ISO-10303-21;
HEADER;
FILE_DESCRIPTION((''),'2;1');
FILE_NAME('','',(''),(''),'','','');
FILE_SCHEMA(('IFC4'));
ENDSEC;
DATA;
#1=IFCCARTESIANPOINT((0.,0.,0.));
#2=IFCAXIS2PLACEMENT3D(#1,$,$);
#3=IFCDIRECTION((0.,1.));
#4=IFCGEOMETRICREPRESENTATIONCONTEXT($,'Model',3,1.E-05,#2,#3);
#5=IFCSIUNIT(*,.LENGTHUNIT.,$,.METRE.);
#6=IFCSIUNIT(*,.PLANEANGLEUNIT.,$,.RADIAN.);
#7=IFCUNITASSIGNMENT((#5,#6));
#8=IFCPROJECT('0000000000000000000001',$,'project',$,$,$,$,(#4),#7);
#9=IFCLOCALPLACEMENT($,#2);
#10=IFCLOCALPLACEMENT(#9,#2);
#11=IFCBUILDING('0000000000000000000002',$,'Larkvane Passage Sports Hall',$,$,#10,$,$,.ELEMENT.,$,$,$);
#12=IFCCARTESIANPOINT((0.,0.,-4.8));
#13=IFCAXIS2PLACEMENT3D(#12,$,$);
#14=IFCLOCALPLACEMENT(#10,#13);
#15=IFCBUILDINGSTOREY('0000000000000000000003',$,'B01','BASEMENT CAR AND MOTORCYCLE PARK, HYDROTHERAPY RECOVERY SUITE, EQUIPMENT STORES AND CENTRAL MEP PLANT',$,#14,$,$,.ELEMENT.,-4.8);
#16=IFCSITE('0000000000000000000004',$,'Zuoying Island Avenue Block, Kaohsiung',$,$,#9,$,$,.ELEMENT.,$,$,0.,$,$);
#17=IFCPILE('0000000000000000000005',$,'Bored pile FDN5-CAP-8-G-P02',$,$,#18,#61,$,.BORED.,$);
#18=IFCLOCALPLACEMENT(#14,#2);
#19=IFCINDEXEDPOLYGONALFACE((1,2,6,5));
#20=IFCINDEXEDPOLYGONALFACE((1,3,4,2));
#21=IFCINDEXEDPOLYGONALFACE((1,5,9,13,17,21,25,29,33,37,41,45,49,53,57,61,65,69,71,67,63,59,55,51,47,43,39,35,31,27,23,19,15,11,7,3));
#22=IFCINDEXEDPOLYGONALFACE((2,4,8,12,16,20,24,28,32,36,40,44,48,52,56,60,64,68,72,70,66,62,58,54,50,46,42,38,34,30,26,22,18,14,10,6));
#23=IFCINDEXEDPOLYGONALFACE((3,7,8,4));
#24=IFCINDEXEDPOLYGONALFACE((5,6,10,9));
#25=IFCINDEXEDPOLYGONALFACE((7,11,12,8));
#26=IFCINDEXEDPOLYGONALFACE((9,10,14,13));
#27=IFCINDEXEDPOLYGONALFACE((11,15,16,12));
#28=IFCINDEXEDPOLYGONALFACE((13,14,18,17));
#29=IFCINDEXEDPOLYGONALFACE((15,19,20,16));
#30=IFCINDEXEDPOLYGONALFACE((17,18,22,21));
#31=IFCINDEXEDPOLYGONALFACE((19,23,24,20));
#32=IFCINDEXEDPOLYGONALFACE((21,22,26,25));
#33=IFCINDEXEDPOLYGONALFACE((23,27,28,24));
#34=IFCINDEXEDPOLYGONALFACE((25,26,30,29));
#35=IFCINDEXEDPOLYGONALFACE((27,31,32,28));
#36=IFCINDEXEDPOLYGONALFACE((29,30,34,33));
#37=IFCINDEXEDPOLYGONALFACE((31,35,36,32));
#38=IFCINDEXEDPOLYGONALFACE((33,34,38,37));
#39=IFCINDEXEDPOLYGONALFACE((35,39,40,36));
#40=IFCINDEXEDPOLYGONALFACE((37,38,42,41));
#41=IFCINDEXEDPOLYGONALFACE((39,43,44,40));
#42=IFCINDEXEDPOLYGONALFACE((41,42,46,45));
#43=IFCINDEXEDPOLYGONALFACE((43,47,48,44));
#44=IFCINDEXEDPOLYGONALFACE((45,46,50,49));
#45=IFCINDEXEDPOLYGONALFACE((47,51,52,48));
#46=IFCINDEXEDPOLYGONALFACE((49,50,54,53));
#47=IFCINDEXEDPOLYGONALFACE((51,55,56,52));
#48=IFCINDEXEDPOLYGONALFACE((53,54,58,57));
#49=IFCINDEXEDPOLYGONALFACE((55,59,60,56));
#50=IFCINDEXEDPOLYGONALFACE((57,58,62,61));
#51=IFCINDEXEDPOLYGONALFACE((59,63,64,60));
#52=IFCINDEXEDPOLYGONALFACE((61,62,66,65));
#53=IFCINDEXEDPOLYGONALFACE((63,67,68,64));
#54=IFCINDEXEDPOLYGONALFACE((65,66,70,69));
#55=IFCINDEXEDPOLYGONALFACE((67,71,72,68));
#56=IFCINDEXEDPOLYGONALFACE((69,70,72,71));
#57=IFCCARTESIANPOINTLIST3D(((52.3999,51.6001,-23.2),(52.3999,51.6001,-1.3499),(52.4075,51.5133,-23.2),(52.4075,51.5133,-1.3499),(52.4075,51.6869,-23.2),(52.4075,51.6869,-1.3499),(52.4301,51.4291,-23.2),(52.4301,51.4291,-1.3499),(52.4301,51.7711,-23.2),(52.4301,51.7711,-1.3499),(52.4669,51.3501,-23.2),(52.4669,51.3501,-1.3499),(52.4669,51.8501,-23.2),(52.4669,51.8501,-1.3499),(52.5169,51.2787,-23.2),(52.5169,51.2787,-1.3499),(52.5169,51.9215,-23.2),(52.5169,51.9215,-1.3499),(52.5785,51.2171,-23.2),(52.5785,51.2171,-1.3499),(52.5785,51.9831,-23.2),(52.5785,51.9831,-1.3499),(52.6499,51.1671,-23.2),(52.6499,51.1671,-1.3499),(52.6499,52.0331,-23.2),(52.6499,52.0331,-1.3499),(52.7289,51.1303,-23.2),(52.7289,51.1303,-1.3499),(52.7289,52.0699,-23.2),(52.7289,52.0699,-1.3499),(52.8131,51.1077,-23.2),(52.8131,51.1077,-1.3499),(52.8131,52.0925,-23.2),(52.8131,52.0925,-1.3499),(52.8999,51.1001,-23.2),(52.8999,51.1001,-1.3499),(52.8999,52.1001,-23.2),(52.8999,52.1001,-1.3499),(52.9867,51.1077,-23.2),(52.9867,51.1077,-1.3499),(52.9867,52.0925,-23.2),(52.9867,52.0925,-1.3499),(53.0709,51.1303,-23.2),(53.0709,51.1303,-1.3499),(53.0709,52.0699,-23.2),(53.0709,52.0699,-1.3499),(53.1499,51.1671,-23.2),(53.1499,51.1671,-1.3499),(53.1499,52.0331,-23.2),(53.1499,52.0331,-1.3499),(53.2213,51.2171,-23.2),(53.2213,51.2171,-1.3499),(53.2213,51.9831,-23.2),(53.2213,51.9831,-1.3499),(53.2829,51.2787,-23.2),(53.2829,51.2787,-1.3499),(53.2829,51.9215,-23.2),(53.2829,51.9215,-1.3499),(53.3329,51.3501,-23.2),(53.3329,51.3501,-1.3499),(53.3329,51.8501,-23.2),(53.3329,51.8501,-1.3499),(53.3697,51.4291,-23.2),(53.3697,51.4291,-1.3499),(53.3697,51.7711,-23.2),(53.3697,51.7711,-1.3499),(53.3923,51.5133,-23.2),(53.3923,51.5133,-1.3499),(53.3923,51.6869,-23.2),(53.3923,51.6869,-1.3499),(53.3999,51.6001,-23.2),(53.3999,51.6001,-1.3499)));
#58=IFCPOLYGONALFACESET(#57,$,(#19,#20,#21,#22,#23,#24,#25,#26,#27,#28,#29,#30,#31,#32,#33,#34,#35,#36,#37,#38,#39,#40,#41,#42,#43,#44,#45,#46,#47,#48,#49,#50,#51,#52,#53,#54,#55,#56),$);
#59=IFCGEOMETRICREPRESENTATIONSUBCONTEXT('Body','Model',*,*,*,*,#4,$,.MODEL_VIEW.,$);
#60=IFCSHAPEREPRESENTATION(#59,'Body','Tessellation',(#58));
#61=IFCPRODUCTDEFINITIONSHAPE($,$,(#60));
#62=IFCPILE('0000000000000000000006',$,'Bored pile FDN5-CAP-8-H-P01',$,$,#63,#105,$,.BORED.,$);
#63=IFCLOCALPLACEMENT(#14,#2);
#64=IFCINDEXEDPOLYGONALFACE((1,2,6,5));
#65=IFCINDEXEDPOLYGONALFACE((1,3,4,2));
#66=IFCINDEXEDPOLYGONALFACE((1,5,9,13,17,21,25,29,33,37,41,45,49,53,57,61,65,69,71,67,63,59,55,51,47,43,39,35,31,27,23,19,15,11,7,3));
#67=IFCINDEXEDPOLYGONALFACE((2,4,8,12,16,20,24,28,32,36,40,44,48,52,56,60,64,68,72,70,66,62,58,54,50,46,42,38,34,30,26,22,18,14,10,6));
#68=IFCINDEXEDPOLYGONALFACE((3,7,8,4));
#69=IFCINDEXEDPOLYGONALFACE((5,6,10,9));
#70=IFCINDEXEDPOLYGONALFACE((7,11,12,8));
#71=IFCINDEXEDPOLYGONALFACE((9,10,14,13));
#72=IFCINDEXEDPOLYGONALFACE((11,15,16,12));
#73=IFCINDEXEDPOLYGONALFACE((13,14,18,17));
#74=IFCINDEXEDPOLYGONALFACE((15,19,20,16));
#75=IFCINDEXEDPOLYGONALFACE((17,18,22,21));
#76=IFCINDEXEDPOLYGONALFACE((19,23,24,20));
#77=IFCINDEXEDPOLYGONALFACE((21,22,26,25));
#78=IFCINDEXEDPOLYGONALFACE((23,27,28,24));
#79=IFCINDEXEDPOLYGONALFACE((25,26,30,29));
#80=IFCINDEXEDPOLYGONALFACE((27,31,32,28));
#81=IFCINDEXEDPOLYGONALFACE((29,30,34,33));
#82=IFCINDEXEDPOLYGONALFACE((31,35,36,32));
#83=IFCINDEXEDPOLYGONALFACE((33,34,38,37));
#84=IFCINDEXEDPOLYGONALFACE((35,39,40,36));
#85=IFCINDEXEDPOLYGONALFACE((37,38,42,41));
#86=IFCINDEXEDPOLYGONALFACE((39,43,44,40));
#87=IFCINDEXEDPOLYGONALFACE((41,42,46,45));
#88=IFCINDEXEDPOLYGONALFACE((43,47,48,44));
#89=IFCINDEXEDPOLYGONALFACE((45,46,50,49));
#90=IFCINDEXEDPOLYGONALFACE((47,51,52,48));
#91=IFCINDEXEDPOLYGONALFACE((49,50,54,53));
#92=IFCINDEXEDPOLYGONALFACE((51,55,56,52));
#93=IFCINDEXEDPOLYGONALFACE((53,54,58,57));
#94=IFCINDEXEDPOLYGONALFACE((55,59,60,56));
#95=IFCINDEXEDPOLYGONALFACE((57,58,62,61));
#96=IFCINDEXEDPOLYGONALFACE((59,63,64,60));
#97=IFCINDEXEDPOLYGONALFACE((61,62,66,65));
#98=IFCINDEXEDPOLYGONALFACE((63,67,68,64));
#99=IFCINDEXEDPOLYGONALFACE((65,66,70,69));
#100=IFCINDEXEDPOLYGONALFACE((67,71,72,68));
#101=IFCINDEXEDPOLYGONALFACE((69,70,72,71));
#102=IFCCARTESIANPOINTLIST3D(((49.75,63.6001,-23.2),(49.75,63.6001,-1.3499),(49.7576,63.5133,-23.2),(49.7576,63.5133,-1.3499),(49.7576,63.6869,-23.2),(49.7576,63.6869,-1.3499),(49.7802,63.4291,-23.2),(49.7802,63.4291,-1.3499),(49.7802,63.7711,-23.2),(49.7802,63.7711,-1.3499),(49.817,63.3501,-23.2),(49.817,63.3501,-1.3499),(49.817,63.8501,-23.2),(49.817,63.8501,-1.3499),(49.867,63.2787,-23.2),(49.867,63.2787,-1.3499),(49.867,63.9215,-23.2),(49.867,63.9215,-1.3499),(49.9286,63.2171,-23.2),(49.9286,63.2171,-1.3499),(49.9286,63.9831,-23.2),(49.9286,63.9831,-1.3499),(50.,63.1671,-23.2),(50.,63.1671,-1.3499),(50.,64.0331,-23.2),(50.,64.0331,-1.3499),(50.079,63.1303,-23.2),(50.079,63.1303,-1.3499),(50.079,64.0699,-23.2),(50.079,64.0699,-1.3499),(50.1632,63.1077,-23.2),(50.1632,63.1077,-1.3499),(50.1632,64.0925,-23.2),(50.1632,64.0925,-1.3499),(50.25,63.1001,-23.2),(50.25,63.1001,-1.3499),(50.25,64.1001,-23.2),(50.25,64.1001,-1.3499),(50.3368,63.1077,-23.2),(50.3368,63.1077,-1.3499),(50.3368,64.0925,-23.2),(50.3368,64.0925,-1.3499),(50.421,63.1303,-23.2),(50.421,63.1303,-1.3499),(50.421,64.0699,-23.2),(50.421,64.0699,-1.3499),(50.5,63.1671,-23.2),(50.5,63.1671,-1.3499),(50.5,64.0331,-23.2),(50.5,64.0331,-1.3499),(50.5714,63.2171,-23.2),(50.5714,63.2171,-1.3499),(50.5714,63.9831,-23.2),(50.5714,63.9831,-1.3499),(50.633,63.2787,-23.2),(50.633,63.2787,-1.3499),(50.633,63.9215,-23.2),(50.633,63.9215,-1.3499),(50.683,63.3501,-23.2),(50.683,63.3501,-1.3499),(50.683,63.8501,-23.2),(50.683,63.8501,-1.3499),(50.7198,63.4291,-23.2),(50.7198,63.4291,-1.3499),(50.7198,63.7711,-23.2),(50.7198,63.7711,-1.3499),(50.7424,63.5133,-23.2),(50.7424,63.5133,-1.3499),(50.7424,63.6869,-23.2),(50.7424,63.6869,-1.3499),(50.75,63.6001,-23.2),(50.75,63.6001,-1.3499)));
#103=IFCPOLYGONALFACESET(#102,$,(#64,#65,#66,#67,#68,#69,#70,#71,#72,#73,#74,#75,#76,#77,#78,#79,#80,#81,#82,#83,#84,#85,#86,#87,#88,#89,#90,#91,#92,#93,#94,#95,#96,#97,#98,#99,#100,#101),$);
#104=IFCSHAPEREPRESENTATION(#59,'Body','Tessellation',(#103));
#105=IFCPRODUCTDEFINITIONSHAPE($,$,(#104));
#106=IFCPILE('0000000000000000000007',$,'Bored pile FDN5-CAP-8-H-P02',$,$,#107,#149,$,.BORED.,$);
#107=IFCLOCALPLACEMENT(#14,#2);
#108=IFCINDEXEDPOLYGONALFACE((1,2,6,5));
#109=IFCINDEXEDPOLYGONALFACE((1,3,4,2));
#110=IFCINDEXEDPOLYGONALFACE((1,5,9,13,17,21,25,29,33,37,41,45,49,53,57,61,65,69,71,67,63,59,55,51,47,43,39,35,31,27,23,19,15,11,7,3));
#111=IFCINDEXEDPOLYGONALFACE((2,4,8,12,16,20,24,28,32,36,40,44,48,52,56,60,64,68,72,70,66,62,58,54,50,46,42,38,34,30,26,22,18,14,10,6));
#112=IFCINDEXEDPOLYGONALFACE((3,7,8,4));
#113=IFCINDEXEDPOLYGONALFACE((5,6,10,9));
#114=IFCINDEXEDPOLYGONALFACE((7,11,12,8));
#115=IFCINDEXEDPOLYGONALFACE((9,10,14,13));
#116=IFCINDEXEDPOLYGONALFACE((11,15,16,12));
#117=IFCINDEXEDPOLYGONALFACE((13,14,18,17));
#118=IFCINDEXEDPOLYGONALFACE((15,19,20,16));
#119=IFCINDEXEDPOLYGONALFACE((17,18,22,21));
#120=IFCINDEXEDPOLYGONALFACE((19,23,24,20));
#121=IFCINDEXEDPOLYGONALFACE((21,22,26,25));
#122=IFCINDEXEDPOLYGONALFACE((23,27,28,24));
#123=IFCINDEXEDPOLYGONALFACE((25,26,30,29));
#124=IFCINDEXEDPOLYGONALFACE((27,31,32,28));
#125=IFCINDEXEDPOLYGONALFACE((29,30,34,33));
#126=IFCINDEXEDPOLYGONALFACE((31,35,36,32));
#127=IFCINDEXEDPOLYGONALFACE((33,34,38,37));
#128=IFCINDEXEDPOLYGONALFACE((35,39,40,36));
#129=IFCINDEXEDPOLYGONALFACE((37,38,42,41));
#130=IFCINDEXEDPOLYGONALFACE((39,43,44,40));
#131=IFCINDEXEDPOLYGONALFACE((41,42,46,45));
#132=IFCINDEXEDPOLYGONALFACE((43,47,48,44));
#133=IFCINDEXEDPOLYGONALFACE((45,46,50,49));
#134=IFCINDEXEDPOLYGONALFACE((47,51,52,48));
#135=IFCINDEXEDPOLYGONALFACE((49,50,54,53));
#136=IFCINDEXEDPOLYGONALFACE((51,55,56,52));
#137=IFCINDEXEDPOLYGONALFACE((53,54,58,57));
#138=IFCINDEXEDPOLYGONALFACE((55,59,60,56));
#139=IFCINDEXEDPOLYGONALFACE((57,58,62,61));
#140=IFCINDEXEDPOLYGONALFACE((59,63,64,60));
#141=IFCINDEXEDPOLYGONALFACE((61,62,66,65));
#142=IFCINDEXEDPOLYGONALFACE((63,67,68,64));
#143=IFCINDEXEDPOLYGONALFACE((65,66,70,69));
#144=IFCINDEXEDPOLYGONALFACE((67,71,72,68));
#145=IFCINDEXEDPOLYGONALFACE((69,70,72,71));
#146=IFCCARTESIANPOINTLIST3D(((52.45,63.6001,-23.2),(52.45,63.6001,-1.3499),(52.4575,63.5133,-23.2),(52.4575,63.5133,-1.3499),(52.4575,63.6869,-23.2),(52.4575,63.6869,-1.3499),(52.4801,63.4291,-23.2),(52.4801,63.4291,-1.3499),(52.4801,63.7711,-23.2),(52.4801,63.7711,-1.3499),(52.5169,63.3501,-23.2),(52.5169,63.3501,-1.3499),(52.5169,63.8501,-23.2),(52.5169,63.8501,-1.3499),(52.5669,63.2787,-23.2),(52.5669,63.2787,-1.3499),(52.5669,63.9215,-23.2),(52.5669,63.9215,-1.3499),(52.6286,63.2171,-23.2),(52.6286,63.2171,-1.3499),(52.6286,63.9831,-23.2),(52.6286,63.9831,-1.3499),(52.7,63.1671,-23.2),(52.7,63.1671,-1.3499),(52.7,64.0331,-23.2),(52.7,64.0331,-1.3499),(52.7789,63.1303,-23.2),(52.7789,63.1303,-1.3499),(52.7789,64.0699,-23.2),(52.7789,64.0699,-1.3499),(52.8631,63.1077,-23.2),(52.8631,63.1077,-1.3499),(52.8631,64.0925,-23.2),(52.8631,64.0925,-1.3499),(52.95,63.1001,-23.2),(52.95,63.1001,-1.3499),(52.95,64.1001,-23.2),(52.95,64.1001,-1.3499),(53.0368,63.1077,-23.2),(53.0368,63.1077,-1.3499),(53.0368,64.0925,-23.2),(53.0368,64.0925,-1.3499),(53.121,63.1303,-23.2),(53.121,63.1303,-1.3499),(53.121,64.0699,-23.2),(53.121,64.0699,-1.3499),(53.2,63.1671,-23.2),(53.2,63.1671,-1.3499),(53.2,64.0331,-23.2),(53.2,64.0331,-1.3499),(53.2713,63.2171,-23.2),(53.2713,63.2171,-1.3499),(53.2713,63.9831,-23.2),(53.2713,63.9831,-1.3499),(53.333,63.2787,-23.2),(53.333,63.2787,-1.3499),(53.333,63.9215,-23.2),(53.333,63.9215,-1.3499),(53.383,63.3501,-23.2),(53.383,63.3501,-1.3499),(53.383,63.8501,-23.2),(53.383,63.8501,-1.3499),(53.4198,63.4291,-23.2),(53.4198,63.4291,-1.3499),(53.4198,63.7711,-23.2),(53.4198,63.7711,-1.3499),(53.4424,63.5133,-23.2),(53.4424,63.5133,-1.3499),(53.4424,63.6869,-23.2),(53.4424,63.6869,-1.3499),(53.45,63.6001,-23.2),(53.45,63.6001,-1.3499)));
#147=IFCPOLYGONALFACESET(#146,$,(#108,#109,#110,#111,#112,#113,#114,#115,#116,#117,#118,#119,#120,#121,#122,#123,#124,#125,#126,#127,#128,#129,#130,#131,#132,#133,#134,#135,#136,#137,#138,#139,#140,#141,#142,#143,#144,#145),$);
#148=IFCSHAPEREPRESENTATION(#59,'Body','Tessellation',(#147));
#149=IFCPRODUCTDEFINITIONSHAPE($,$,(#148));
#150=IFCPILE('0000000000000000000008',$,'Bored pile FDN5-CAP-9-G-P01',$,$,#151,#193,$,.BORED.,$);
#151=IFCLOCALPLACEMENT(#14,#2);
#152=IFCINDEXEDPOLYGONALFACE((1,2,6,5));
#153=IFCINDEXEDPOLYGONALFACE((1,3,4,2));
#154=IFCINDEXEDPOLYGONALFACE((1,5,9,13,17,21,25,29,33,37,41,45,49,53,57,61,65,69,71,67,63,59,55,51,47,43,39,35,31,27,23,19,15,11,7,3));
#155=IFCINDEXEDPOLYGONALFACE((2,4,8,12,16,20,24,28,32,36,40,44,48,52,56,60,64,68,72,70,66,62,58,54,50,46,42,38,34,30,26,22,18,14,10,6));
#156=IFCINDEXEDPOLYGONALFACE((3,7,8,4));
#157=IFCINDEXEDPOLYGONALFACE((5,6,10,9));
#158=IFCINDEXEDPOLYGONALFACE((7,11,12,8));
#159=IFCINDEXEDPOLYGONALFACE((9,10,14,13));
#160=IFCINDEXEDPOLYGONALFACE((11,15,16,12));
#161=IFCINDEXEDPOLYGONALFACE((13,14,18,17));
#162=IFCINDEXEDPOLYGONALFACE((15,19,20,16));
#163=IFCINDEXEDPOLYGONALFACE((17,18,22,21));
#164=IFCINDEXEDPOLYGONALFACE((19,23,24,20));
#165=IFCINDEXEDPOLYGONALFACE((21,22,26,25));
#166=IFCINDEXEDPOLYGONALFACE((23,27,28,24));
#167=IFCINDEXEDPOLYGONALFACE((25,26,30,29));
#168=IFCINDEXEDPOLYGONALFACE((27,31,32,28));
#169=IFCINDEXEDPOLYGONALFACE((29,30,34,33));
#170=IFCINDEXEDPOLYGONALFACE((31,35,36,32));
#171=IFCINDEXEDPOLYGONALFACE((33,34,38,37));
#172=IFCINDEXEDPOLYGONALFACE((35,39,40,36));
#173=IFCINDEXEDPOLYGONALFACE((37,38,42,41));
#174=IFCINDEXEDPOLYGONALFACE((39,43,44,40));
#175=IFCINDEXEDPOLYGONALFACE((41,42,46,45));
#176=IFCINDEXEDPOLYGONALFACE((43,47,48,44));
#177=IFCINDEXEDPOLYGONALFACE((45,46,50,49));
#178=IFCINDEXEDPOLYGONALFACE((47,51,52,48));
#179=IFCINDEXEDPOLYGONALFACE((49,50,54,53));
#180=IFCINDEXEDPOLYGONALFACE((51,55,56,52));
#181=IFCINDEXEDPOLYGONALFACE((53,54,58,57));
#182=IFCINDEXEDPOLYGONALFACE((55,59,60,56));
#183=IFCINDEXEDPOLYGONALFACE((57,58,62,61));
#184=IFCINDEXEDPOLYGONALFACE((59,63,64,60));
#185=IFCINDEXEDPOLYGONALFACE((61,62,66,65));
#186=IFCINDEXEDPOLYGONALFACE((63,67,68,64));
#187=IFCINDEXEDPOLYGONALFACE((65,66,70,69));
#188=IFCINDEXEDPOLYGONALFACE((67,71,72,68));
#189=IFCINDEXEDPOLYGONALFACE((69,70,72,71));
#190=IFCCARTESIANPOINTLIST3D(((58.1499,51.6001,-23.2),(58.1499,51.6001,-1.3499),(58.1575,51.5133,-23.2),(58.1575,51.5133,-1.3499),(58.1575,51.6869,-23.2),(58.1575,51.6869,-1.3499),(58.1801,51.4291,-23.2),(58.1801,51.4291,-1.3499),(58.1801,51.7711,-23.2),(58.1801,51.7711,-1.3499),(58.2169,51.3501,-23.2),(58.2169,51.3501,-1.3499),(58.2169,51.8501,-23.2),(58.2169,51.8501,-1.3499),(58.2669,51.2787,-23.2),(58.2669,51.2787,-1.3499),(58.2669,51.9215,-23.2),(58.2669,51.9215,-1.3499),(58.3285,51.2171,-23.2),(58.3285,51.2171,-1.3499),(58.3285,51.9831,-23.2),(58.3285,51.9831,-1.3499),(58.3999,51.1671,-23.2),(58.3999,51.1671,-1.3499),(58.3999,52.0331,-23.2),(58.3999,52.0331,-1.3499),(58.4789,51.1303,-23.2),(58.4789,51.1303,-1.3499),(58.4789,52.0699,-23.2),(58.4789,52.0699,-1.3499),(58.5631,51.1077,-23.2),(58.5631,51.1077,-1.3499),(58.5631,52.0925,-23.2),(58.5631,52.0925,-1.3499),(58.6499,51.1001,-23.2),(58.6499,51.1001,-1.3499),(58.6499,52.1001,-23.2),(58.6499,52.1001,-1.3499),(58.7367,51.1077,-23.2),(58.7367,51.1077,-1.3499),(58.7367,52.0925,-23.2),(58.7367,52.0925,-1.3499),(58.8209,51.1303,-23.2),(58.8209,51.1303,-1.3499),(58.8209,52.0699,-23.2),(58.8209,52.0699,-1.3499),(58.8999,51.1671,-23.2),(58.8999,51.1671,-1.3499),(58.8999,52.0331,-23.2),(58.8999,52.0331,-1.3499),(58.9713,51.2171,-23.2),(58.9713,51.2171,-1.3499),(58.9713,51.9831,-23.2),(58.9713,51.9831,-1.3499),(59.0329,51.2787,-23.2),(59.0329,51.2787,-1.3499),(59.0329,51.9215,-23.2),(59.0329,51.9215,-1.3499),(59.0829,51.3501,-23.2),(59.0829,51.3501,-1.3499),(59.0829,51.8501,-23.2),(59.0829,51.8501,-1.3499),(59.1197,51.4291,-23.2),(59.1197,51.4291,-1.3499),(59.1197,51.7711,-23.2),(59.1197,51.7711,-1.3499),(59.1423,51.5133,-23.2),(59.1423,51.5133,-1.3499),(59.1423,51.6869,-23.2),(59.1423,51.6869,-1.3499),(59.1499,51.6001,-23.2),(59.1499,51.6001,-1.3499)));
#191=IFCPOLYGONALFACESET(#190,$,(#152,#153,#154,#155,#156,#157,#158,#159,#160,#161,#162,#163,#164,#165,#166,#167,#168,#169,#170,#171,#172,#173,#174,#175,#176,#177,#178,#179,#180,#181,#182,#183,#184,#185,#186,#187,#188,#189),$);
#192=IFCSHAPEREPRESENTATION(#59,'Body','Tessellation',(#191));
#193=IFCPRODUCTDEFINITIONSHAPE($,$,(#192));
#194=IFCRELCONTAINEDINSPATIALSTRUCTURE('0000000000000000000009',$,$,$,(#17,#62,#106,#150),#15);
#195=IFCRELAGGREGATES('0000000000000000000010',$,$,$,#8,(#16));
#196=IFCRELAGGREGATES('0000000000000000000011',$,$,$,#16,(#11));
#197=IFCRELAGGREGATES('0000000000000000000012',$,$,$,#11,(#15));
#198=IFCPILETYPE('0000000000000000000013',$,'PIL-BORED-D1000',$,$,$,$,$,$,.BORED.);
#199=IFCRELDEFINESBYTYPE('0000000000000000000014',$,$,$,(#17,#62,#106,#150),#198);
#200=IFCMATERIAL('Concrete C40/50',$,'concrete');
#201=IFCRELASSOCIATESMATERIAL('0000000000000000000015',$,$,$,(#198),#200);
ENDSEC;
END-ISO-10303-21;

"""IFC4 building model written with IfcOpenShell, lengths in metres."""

from ifc_helpers import new_model, si_unit, direction, frame, origin, origin_2d, place, context, subcontext, project, spatial, circle, extrude, material, material_profile, profile_set, type_object, element, save


model = new_model("IFC4")

# Units and contexts
model_context = context("Model", 3, precision=1e-05, world=origin(), true_north=direction((0.0, 1.0)))
body_context = subcontext(model_context, "Body", "Model", "MODEL_VIEW")
ifc_project = project(units=[si_unit("LENGTHUNIT", "METRE"), si_unit("PLANEANGLEUNIT", "RADIAN")], contexts=[model_context])

# Site, building, storey
site_placement = place(None, origin())
site = spatial("IfcSite", under=ifc_project, at=site_placement, Name="Zuoying Island Avenue Block, Kaohsiung", CompositionType="ELEMENT", RefElevation=0.0)
building_placement = place(site_placement, origin())
building = spatial("IfcBuilding", under=site, at=building_placement, Name="Larkvane Passage Sports Hall", CompositionType="ELEMENT")
storey_placement = place(building_placement, frame((0.0, 0.0, -4.8)))
storey = spatial("IfcBuildingStorey", under=building, at=storey_placement, Name="B01", Description="BASEMENT CAR AND MOTORCYCLE PARK, HYDROTHERAPY RECOVERY SUITE, EQUIPMENT STORES AND CENTRAL MEP PLANT", CompositionType="ELEMENT", Elevation=-4.8)

# Shared definitions
ifc_material_1 = material(Name="Concrete C40/50", Category="concrete")

# Piles
ifc_material_profile_1 = material_profile(ifc_material_1, circle(Radius=0.5, at=origin_2d()), Name="PILE-D1000")
ifc_profile_set_1 = profile_set([ifc_material_profile_1], Name="Concrete C40/50")
pile_type_1 = type_object("IfcPileType", Name="PIL-BORED-D1000", PredefinedType="BORED", material=ifc_profile_set_1)
for number, where, z_axis, x_axis, name in (
    (1, (52.8999, 51.6001, -1.3499), (0.0, 0.0, -1.0), (1.0, 0.0, 0.0), "Bored pile FDN5-CAP-8-G-P02"),
    (2, (50.25, 63.6001, -1.3499), (0.0, 0.0, -1.0), (1.0, 0.0, 0.0), "Bored pile FDN5-CAP-8-H-P01"),
    (3, (52.95, 63.6001, -1.3499), (0.0, 0.0, -1.0), (1.0, 0.0, 0.0), "Bored pile FDN5-CAP-8-H-P02"),
    (4, (58.6499, 51.6001, -1.3499), (0.0, 0.0, -1.0), (1.0, 0.0, 0.0), "Bored pile FDN5-CAP-9-G-P01"),
):
    element("IfcPile", number, at=place(storey_placement, frame(where, z_axis=z_axis, x_axis=x_axis)), inside=storey, type_object=pile_type_1, Name=name, PredefinedType="BORED", context=body_context, shape_type="SweptSolid", body=[
        extrude(circle(Radius=0.5, at=origin_2d()), origin(), (0.0, 0.0, 1.0), 21.8501),
    ])

save(model, "model.ifc")
